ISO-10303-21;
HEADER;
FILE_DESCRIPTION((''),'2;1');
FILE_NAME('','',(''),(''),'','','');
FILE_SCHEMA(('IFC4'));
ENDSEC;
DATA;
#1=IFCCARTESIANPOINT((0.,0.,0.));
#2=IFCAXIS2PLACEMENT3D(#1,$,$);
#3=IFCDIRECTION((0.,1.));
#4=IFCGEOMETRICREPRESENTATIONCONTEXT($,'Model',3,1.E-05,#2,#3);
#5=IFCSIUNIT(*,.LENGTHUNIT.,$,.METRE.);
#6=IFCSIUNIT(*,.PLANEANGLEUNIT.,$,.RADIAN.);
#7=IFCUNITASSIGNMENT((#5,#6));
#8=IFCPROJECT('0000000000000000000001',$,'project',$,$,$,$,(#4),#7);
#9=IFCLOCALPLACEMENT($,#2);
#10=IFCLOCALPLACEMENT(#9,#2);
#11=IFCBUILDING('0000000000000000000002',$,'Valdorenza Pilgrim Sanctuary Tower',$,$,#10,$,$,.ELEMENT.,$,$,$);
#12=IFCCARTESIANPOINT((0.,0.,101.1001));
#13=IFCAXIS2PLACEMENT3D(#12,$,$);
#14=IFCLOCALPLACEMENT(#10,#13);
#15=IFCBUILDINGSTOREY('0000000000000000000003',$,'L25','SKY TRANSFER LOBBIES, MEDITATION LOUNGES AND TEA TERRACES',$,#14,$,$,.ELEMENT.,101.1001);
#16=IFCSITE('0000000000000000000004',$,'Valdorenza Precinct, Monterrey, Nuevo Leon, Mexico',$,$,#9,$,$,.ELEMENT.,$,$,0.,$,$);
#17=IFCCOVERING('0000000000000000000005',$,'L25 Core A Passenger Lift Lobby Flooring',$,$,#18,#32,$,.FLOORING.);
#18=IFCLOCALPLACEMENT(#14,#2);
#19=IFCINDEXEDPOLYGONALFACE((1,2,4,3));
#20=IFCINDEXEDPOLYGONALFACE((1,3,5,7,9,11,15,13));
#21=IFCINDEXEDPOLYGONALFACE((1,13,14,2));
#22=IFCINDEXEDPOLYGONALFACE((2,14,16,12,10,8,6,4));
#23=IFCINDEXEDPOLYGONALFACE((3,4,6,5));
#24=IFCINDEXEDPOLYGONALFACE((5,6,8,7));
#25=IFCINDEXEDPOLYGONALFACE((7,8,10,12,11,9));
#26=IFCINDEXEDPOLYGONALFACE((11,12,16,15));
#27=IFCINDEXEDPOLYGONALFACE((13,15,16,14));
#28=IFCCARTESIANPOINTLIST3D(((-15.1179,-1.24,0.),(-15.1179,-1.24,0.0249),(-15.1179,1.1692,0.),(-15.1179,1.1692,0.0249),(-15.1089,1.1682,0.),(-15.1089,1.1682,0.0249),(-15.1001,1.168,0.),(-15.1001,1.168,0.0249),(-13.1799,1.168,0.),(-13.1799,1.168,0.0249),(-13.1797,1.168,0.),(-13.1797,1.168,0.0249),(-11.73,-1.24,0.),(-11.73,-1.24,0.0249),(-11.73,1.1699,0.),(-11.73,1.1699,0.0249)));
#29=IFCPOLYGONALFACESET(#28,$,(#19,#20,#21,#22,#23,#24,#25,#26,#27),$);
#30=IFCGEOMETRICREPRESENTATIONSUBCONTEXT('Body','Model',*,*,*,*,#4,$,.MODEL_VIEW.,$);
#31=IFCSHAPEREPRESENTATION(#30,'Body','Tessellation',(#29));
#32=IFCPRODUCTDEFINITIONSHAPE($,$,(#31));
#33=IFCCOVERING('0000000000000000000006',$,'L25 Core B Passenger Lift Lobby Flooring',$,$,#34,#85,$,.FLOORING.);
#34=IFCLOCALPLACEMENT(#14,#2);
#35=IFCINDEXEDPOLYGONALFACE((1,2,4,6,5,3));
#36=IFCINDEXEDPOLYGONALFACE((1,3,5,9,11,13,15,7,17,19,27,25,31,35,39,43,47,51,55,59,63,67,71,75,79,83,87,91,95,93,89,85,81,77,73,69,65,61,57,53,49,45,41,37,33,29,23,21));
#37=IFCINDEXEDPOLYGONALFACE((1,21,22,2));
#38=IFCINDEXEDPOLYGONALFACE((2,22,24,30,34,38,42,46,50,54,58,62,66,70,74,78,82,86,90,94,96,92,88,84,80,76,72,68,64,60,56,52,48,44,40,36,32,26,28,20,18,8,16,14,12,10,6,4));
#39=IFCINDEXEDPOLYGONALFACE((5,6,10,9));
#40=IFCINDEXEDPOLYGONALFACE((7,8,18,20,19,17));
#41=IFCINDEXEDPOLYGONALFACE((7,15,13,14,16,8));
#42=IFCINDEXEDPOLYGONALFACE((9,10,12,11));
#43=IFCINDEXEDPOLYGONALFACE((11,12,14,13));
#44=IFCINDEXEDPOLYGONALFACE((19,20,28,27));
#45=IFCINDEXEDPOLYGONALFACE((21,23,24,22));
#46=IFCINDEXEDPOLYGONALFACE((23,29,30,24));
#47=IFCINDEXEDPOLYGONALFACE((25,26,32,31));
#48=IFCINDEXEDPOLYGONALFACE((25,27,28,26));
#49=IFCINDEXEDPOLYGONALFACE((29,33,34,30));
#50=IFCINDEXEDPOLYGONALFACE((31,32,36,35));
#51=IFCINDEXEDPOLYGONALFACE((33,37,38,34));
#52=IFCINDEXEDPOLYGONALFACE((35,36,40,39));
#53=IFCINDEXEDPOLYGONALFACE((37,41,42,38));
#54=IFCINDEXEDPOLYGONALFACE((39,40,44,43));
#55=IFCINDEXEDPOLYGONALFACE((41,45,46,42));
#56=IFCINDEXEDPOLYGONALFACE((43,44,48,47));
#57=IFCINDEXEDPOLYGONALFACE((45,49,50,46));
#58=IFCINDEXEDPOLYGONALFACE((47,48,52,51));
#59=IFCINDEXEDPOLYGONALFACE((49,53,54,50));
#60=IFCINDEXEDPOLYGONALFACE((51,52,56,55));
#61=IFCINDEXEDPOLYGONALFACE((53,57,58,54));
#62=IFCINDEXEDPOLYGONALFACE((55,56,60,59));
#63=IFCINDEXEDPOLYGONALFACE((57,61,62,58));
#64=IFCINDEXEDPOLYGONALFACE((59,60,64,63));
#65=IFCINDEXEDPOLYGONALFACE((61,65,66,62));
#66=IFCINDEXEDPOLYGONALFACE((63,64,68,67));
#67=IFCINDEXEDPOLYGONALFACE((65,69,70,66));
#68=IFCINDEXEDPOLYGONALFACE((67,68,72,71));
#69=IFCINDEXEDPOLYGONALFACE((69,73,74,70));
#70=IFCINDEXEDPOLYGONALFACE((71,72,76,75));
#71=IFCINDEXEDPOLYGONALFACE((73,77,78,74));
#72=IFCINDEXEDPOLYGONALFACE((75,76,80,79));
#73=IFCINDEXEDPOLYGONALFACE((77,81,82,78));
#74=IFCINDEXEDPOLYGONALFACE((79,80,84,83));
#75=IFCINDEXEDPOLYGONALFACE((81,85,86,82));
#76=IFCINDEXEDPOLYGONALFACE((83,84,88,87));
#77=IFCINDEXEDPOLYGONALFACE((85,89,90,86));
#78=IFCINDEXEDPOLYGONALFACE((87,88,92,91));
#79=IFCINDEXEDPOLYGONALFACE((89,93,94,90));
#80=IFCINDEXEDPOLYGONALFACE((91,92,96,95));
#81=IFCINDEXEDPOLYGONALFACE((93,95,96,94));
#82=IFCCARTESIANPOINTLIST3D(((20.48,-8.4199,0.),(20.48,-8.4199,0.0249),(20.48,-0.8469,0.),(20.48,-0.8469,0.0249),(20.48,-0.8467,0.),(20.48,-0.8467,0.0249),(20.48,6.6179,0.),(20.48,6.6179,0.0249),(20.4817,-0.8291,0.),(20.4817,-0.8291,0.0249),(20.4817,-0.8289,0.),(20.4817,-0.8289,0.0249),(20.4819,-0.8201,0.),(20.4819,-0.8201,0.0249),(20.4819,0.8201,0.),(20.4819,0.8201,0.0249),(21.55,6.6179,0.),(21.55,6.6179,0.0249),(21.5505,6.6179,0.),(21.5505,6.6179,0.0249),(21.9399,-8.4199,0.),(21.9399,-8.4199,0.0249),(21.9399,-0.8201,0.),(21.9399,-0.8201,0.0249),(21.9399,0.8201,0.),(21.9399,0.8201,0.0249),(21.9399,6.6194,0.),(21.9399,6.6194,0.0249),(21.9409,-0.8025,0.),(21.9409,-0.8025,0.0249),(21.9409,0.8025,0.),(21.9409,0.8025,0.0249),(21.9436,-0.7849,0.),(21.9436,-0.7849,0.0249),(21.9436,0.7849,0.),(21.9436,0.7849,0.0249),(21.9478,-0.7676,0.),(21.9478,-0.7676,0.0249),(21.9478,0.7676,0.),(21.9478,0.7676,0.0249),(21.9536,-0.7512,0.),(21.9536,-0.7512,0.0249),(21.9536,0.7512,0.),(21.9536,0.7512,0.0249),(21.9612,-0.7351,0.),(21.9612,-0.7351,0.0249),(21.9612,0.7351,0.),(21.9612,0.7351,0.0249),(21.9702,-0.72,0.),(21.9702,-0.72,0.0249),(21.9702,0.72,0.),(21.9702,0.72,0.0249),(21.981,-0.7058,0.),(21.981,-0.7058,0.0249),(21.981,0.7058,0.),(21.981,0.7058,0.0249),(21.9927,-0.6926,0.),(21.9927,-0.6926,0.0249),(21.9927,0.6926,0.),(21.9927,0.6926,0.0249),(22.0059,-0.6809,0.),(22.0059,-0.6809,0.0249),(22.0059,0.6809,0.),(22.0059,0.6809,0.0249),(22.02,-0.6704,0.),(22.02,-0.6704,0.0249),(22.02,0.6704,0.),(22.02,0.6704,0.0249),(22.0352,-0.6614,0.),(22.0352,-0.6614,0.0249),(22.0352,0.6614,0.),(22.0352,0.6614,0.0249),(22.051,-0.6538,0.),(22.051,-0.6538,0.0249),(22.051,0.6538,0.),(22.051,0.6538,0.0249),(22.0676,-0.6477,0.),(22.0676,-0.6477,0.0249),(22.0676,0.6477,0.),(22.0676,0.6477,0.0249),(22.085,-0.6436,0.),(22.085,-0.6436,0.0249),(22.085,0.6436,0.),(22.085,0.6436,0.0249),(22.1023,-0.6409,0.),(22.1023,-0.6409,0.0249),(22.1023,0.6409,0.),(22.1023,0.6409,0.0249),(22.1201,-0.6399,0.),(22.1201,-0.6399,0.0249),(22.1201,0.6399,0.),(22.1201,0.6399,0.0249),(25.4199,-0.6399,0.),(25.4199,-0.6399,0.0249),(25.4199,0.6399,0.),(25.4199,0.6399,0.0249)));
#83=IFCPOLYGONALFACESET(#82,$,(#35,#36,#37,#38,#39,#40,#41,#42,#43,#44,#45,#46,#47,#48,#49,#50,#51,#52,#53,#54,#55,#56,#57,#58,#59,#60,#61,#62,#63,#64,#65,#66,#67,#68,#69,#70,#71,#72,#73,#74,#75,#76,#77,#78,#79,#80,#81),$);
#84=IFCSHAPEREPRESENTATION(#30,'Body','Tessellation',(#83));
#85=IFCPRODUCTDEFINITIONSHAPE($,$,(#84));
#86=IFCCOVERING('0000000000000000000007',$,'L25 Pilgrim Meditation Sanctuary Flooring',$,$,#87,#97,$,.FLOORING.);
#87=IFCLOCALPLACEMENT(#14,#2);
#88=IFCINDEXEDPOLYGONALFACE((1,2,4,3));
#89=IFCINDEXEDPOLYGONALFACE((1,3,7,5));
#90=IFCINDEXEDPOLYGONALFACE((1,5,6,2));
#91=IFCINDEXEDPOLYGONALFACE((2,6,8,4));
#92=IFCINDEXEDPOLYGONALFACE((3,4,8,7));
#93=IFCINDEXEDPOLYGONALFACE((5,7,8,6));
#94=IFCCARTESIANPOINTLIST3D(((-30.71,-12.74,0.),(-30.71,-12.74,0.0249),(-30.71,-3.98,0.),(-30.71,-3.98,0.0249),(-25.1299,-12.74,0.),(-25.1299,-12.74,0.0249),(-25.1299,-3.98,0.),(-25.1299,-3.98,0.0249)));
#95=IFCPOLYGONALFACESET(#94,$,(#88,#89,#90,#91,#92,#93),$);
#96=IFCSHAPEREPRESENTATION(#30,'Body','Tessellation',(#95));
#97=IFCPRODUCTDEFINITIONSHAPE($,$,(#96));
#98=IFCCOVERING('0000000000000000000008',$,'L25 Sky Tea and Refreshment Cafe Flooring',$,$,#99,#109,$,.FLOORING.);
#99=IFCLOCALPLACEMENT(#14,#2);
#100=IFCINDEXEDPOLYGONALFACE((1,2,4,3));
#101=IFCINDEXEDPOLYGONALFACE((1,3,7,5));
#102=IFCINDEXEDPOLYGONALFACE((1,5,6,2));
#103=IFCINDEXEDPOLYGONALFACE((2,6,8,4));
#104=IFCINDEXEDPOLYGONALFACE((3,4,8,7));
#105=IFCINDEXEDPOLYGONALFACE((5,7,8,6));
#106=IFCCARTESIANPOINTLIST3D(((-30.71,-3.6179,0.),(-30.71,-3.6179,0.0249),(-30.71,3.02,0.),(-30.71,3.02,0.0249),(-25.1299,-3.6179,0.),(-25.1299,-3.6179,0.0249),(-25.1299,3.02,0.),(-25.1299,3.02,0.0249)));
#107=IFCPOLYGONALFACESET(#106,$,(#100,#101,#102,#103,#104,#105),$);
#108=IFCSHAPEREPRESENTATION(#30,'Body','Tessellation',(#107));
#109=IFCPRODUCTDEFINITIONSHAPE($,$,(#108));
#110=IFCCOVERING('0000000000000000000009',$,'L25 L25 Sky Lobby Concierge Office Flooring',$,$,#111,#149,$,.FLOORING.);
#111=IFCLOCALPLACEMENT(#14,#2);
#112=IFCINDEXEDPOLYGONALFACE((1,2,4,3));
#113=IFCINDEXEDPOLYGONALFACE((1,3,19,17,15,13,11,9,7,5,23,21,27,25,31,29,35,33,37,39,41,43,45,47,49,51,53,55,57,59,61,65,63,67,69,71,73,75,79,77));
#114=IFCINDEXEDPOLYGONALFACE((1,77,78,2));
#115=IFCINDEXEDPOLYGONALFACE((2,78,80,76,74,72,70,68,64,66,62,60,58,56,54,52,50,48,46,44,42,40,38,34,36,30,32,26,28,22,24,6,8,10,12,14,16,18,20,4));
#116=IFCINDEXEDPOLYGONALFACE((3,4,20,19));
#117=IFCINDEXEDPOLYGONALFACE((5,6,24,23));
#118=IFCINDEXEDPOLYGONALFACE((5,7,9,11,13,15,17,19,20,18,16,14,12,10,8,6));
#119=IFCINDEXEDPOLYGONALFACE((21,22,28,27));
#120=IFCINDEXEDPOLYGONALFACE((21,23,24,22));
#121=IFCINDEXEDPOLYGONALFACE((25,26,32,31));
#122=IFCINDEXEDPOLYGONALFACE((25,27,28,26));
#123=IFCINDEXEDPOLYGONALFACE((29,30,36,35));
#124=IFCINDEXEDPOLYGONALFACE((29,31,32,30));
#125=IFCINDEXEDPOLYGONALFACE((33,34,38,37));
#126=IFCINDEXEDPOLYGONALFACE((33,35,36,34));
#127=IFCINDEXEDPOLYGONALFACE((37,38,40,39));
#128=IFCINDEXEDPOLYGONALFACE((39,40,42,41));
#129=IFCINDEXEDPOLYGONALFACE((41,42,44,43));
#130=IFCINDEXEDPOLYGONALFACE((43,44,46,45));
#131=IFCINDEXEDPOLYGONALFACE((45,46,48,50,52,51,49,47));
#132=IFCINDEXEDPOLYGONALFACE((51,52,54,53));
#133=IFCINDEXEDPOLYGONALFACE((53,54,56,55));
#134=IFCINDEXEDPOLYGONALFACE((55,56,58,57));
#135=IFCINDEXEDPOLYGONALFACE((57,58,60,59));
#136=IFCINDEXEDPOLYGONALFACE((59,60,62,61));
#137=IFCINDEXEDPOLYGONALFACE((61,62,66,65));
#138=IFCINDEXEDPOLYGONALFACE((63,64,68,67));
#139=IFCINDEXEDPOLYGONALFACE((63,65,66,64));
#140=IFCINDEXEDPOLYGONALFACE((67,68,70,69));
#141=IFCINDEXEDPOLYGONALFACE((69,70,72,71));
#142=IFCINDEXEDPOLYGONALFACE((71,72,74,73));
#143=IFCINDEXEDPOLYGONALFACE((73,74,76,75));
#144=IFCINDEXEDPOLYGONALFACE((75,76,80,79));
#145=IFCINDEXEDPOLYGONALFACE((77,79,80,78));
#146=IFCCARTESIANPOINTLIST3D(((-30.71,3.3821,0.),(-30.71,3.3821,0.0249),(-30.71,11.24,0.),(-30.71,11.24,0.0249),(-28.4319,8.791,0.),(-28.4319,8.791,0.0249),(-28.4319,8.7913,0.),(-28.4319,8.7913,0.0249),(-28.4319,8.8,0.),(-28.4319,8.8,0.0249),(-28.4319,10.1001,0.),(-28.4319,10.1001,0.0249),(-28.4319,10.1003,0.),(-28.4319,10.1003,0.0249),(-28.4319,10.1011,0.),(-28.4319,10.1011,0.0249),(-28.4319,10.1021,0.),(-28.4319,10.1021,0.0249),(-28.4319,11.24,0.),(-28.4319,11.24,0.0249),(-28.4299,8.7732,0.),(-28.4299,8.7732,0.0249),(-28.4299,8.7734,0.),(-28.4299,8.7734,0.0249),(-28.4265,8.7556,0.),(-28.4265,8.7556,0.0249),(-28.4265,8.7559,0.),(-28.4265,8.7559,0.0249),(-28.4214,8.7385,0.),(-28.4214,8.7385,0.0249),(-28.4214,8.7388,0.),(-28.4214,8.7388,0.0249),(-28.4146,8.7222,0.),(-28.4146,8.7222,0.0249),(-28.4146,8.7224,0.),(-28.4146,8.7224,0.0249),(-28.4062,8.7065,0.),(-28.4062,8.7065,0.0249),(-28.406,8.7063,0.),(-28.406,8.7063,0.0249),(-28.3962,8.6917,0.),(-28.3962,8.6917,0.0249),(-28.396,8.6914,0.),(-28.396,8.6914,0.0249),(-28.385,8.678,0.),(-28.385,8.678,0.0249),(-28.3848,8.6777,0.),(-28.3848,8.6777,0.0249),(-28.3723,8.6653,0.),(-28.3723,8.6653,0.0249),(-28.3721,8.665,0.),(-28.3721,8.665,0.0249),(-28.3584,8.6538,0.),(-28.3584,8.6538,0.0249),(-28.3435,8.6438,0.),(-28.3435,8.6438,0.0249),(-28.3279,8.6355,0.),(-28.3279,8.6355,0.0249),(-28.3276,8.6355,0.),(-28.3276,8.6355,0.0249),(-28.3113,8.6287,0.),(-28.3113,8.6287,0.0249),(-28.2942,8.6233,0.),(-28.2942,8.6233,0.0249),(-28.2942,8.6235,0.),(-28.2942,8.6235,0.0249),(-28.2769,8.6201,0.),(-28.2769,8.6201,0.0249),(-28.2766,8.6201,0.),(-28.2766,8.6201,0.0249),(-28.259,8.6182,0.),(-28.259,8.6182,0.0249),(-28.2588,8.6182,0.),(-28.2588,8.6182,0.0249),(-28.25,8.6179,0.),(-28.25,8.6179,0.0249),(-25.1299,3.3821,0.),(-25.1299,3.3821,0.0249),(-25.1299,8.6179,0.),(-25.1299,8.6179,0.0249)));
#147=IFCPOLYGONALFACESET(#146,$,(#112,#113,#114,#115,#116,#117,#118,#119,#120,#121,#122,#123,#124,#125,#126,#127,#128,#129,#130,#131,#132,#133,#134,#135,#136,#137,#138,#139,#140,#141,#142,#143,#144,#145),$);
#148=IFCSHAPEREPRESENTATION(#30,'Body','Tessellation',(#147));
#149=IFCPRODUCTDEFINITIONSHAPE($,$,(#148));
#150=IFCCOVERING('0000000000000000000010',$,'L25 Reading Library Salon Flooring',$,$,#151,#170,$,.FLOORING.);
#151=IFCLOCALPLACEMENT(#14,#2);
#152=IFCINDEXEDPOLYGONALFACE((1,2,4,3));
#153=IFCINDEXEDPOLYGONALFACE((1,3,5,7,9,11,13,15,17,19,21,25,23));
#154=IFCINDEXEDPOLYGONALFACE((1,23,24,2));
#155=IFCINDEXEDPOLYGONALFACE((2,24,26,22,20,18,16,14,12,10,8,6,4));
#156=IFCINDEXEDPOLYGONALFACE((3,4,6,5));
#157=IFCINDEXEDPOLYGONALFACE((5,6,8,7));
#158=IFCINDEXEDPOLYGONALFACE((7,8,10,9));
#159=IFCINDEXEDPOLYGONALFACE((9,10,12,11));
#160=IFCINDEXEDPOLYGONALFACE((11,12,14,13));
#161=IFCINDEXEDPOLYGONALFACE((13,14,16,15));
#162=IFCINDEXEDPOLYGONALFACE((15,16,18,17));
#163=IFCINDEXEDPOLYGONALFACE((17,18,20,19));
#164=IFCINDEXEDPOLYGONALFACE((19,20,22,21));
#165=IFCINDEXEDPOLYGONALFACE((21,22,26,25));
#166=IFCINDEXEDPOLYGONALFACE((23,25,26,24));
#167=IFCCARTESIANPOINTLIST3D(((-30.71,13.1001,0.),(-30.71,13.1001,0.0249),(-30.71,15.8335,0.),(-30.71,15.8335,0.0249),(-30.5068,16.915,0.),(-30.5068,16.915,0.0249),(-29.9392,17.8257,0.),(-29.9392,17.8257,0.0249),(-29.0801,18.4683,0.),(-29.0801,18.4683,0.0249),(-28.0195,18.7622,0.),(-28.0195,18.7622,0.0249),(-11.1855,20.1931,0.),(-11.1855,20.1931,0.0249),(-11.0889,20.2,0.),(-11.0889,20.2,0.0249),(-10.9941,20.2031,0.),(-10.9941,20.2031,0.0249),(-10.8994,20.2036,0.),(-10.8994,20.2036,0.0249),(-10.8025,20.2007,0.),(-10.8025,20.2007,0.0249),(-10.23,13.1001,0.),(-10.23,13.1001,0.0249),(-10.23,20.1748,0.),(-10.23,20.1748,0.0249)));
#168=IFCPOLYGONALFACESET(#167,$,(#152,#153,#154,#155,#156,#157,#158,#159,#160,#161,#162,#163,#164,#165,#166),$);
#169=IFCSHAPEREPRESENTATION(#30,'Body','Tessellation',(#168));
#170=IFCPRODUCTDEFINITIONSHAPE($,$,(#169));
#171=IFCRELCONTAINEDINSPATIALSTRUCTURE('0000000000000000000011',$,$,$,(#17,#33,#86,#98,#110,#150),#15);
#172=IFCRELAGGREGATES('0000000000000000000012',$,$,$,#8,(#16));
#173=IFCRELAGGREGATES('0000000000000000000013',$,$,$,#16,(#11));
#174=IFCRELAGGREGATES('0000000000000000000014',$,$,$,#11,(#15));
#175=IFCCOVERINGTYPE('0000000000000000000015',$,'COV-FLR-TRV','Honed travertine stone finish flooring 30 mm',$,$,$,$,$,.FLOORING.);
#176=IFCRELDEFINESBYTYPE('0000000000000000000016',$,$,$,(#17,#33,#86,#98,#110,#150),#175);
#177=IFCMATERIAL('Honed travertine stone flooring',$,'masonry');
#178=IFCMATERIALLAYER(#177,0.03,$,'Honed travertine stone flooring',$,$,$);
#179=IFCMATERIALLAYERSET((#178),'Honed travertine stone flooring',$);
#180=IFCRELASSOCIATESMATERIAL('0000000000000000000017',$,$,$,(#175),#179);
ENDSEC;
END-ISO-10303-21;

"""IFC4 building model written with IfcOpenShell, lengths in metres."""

from ifc_helpers import new_model, si_unit, direction, frame, origin, place, context, subcontext, project, spatial, polyline, outline, extrude, material, layer, layer_set, type_object, element, save


model = new_model("IFC4")

# Units and contexts
model_context = context("Model", 3, precision=1e-05, world=origin(), true_north=direction((0.0, 1.0)))
body_context = subcontext(model_context, "Body", "Model", "MODEL_VIEW")
ifc_project = project(units=[si_unit("LENGTHUNIT", "METRE"), si_unit("PLANEANGLEUNIT", "RADIAN")], contexts=[model_context])

# Site, building, storey
site_placement = place(None, origin())
site = spatial("IfcSite", under=ifc_project, at=site_placement, Name="Valdorenza Precinct, Monterrey, Nuevo Leon, Mexico", CompositionType="ELEMENT", RefElevation=0.0)
building_placement = place(site_placement, origin())
building = spatial("IfcBuilding", under=site, at=building_placement, Name="Valdorenza Pilgrim Sanctuary Tower", CompositionType="ELEMENT")
storey_placement = place(building_placement, frame((0.0, 0.0, 101.1001)))
storey = spatial("IfcBuildingStorey", under=building, at=storey_placement, Name="L25", Description="SKY TRANSFER LOBBIES, MEDITATION LOUNGES AND TEA TERRACES", CompositionType="ELEMENT", Elevation=101.1001)

# Coverings
ifc_material_1 = material(Name="Honed travertine stone flooring", Category="masonry")
ifc_layer_1 = layer(ifc_material_1, 0.03, Name="Honed travertine stone flooring")
ifc_layer_set_1 = layer_set([ifc_layer_1], Name="Honed travertine stone flooring")
covering_type_1 = type_object("IfcCoveringType", Name="COV-FLR-TRV", Description="Honed travertine stone finish flooring 30 mm", PredefinedType="FLOORING", material=ifc_layer_set_1)
covering_1_placement = place(storey_placement, origin())
element("IfcCovering", 1, at=covering_1_placement, inside=storey, type_object=covering_type_1, Name="L25 Core A Passenger Lift Lobby Flooring", PredefinedType="FLOORING", context=body_context, shape_type="SweptSolid", body=[
    extrude(outline(polyline([(-15.1179, 1.1692), (-15.1089, 1.1682), (-15.1089, 1.1682), (-15.1001, 1.168), (-13.1799, 1.168), (-13.1797, 1.168), (-11.73, 1.1699), (-11.73, -1.24), (-15.1179, -1.24), (-15.1179, 1.1692)])), origin(), (0.0, 0.0, 1.0), 0.0249),
])
covering_2_placement = place(storey_placement, origin())
element("IfcCovering", 2, at=covering_2_placement, inside=storey, type_object=covering_type_1, Name="L25 Core B Passenger Lift Lobby Flooring", PredefinedType="FLOORING", context=body_context, shape_type="SweptSolid", body=[
    extrude(outline(polyline([(20.48, 6.6179), (21.55, 6.6179), (21.5505, 6.6179), (21.9399, 6.6194), (21.9399, 0.8201), (21.9409, 0.8025), (21.9436, 0.7849), (21.9478, 0.7676), (21.9536, 0.7512), (21.9612, 0.7351), (21.9702, 0.72), (21.981, 0.7058), (21.9927, 0.6926), (22.0059, 0.6809), (22.02, 0.6704), (22.0352, 0.6614), (22.051, 0.6538), (22.0676, 0.6477), (22.085, 0.6436), (22.1023, 0.6409), (22.1201, 0.6399), (25.4199, 0.6399), (25.4199, -0.6399), (22.1201, -0.6399), (22.1023, -0.6409), (22.085, -0.6436), (22.0676, -0.6477), (22.051, -0.6538), (22.0352, -0.6614), (22.02, -0.6704), (22.0059, -0.6809), (21.9927, -0.6926), (21.981, -0.7058), (21.9702, -0.72), (21.9612, -0.7351), (21.9536, -0.7512), (21.9478, -0.7676), (21.9436, -0.7849), (21.9409, -0.8025), (21.9399, -0.8201), (21.9399, -8.4199), (20.48, -8.4199), (20.48, -0.8469), (20.48, -0.8467), (20.48, -0.8467), (20.4817, -0.8291), (20.4817, -0.8289), (20.4819, -0.8201), (20.4819, 0.8201), (20.48, 6.6179)])), origin(), (0.0, 0.0, 1.0), 0.0249),
])
covering_3_placement = place(storey_placement, origin())
element("IfcCovering", 3, at=covering_3_placement, inside=storey, type_object=covering_type_1, Name="L25 Pilgrim Meditation Sanctuary Flooring", PredefinedType="FLOORING", context=body_context, shape_type="SweptSolid", body=[
    extrude(outline(polyline([(-25.1299, -12.74), (-30.71, -12.74), (-30.71, -3.98), (-25.1299, -3.98), (-25.1299, -12.74)])), origin(), (0.0, 0.0, 1.0), 0.0249),
])
covering_4_placement = place(storey_placement, origin())
element("IfcCovering", 4, at=covering_4_placement, inside=storey, type_object=covering_type_1, Name="L25 Sky Tea and Refreshment Cafe Flooring", PredefinedType="FLOORING", context=body_context, shape_type="SweptSolid", body=[
    extrude(outline(polyline([(-25.1299, -3.6179), (-30.71, -3.6179), (-30.71, 3.02), (-25.1299, 3.02), (-25.1299, -3.6179)])), origin(), (0.0, 0.0, 1.0), 0.0249),
])
covering_5_placement = place(storey_placement, origin())
element("IfcCovering", 5, at=covering_5_placement, inside=storey, type_object=covering_type_1, Name="L25 L25 Sky Lobby Concierge Office Flooring", PredefinedType="FLOORING", context=body_context, shape_type="SweptSolid", body=[
    extrude(outline(polyline([(-28.4319, 11.24), (-28.4319, 10.1021), (-28.4319, 10.1011), (-28.4319, 10.1003), (-28.4319, 10.1001), (-28.4319, 8.8), (-28.4319, 8.7913), (-28.4319, 8.791), (-28.4299, 8.7734), (-28.4299, 8.7732), (-28.4265, 8.7559), (-28.4265, 8.7556), (-28.4214, 8.7388), (-28.4214, 8.7385), (-28.4146, 8.7224), (-28.4146, 8.7222), (-28.4062, 8.7065), (-28.406, 8.7063), (-28.3962, 8.6917), (-28.396, 8.6914), (-28.385, 8.678), (-28.3848, 8.6777), (-28.3723, 8.6653), (-28.3721, 8.665), (-28.3584, 8.6538), (-28.3584, 8.6538), (-28.3435, 8.6438), (-28.3435, 8.6438), (-28.3279, 8.6355), (-28.3276, 8.6355), (-28.3113, 8.6287), (-28.3113, 8.6287), (-28.2942, 8.6235), (-28.2942, 8.6233), (-28.2769, 8.6201), (-28.2766, 8.6201), (-28.259, 8.6182), (-28.2588, 8.6182), (-28.25, 8.6179), (-25.1299, 8.6179), (-25.1299, 3.3821), (-30.71, 3.3821), (-30.71, 11.24), (-28.4319, 11.24)])), origin(), (0.0, 0.0, 1.0), 0.0249),
])
covering_6_placement = place(storey_placement, origin())
element("IfcCovering", 6, at=covering_6_placement, inside=storey, type_object=covering_type_1, Name="L25 Reading Library Salon Flooring", PredefinedType="FLOORING", context=body_context, shape_type="SweptSolid", body=[
    extrude(outline(polyline([(-30.71, 13.1001), (-30.71, 15.8335), (-30.5068, 16.915), (-29.9392, 17.8257), (-29.0801, 18.4683), (-28.0195, 18.7622), (-11.1855, 20.1931), (-11.0889, 20.2), (-10.9941, 20.2031), (-10.8994, 20.2036), (-10.8025, 20.2007), (-10.23, 20.1748), (-10.23, 13.1001), (-30.71, 13.1001)])), origin(), (0.0, 0.0, 1.0), 0.0249),
])

save(model, "model.ifc")
